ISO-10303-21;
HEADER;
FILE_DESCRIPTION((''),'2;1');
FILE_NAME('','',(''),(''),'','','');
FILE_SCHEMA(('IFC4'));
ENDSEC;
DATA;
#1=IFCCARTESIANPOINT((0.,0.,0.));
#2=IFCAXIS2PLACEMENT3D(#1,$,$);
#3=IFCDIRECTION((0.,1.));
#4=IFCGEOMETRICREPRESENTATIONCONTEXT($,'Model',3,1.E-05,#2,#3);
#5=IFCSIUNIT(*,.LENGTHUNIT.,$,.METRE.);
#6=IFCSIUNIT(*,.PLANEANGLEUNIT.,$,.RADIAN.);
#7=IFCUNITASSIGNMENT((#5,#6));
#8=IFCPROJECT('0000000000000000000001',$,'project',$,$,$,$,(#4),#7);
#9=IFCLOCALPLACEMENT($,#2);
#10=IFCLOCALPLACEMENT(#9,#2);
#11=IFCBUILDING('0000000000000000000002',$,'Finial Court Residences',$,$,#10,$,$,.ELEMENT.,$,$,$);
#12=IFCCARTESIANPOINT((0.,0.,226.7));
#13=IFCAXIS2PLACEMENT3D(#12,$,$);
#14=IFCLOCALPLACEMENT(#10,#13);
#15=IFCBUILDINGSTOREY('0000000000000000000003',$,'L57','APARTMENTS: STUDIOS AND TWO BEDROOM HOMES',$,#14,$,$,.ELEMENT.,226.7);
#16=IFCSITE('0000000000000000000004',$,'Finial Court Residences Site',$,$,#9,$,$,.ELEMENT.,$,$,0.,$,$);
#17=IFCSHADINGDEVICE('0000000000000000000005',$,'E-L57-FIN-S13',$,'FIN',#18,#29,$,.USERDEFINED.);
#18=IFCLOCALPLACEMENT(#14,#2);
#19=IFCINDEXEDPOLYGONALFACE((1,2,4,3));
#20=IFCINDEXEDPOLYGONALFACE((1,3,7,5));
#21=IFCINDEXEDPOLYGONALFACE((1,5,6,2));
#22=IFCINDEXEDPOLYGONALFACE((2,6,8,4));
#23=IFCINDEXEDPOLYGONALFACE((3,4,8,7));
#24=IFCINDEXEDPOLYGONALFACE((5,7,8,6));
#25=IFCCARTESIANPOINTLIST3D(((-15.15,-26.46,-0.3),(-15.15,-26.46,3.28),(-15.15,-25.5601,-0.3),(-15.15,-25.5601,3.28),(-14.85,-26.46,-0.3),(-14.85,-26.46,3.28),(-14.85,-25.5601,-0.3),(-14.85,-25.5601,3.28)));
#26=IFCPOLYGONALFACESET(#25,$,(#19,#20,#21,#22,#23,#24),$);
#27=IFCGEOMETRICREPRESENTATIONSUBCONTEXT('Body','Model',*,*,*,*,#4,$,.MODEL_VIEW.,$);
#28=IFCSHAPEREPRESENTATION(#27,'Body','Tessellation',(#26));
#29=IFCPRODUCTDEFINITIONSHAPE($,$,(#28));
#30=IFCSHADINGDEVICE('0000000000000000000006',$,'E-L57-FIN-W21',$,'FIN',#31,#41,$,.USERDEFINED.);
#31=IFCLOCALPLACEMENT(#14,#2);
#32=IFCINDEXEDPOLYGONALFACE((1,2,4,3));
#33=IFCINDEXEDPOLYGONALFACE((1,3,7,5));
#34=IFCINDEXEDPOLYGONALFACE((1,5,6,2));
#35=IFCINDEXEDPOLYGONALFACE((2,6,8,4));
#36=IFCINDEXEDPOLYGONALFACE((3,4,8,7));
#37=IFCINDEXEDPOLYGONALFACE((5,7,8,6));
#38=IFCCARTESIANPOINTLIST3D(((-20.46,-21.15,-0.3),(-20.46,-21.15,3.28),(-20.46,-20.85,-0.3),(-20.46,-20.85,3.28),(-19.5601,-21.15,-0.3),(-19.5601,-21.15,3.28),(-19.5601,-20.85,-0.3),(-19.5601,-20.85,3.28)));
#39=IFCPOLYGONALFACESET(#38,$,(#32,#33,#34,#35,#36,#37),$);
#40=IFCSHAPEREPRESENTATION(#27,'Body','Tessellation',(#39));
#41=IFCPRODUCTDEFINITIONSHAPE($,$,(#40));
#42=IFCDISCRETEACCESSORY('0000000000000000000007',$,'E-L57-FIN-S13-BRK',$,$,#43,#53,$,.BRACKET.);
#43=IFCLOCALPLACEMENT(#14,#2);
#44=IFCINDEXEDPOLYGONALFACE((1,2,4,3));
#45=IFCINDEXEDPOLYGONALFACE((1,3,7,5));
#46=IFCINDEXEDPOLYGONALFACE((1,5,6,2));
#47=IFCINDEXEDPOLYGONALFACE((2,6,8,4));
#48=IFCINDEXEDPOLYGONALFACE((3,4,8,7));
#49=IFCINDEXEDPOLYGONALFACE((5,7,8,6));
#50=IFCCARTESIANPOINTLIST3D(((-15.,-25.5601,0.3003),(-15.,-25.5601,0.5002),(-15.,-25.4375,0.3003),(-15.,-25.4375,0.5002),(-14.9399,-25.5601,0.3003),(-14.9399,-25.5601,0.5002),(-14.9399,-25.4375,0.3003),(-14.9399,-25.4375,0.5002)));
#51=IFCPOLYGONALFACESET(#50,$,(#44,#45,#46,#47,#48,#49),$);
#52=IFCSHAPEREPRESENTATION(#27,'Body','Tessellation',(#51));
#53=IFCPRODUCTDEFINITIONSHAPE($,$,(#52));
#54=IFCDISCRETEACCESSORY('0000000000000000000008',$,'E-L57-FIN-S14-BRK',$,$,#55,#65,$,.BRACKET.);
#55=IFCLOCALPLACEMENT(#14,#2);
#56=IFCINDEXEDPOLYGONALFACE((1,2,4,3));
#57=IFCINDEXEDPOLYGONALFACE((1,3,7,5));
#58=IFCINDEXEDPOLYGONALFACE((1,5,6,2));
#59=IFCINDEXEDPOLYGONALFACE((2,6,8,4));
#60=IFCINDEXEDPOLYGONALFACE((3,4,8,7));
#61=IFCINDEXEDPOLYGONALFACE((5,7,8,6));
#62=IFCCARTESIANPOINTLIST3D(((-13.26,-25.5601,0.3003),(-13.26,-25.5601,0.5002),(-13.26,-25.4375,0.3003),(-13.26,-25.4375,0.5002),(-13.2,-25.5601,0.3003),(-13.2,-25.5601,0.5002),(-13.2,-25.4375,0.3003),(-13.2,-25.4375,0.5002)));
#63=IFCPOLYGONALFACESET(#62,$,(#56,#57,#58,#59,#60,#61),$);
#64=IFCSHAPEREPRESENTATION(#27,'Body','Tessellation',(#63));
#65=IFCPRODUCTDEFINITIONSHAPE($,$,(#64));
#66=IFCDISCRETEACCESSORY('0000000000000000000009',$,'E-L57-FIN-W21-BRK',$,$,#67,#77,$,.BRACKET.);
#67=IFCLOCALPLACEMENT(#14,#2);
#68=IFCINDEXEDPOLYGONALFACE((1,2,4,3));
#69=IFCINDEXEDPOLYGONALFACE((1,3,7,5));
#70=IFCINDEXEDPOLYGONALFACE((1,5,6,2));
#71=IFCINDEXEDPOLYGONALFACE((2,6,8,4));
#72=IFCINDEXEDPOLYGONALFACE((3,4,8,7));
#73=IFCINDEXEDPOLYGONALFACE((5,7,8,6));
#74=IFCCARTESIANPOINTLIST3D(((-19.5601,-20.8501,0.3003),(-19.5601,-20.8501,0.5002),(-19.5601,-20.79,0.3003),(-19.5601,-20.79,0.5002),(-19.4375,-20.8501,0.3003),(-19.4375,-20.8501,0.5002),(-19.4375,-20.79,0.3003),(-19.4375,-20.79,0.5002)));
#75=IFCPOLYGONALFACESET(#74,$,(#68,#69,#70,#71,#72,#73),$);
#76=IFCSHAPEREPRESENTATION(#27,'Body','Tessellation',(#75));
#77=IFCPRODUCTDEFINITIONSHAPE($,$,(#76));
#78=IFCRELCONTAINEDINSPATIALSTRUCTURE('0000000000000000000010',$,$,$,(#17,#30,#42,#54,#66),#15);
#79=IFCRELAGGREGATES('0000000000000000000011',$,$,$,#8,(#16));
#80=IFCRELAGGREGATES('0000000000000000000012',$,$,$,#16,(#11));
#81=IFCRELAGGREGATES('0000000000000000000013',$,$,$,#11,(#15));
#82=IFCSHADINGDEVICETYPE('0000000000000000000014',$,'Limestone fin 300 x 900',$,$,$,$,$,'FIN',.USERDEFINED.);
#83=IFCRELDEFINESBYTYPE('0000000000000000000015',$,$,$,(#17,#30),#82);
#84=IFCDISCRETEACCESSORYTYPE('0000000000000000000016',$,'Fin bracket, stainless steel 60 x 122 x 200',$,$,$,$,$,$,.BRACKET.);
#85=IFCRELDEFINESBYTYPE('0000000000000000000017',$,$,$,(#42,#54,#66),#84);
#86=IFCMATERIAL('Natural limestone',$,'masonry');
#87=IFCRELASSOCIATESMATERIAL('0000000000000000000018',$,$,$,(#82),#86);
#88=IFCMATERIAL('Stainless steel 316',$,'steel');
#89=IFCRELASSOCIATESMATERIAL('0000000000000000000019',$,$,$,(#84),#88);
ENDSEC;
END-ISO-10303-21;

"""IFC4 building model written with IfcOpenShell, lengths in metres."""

from ifc_helpers import new_model, si_unit, direction, frame, origin, origin_2d, place, context, subcontext, project, spatial, rectangle, extrude, material, type_object, element, save


model = new_model("IFC4")

# Units and contexts
model_context = context("Model", 3, precision=1e-05, world=origin(), true_north=direction((0.0, 1.0)))
body_context = subcontext(model_context, "Body", "Model", "MODEL_VIEW")
ifc_project = project(units=[si_unit("LENGTHUNIT", "METRE"), si_unit("PLANEANGLEUNIT", "RADIAN")], contexts=[model_context])

# Site, building, storey
site_placement = place(None, origin())
site = spatial("IfcSite", under=ifc_project, at=site_placement, Name="Finial Court Residences Site", CompositionType="ELEMENT", RefElevation=0.0)
building_placement = place(site_placement, origin())
building = spatial("IfcBuilding", under=site, at=building_placement, Name="Finial Court Residences", CompositionType="ELEMENT")
storey_placement = place(building_placement, frame((0.0, 0.0, 226.7)))
storey = spatial("IfcBuildingStorey", under=building, at=storey_placement, Name="L57", Description="APARTMENTS: STUDIOS AND TWO BEDROOM HOMES", CompositionType="ELEMENT", Elevation=226.7)

# Shared definitions
ifc_material_1 = material(Name="Natural limestone", Category="masonry")

# Shading devices
shading_device_type = type_object("IfcShadingDeviceType", Name="Limestone fin 300 x 900", ElementType="FIN", PredefinedType="USERDEFINED", material=ifc_material_1)
shading_device_1_placement = place(storey_placement, frame((-15.0, -26.01, -0.3), z_axis=(0.0, 0.0, 1.0), x_axis=(1.0, 0.0, 0.0)))
element("IfcShadingDevice", 1, at=shading_device_1_placement, inside=storey, type_object=shading_device_type, Name="E-L57-FIN-S13", ObjectType="FIN", PredefinedType="USERDEFINED", context=body_context, shape_type="SweptSolid", body=[
    extrude(rectangle(XDim=0.3, YDim=0.8999, at=origin_2d()), origin(), (0.0, 0.0, 1.0), 3.5801),
])
shading_device_2_placement = place(storey_placement, frame((-20.01, -21.0, -0.3), z_axis=(0.0, 0.0, 1.0), x_axis=(1.0, 0.0, 0.0)))
element("IfcShadingDevice", 2, at=shading_device_2_placement, inside=storey, type_object=shading_device_type, Name="E-L57-FIN-W21", ObjectType="FIN", PredefinedType="USERDEFINED", context=body_context, shape_type="SweptSolid", body=[
    extrude(rectangle(XDim=0.8999, YDim=0.3, at=origin_2d()), origin(), (0.0, 0.0, 1.0), 3.5801),
])

# Discrete accessories
ifc_material_2 = material(Name="Stainless steel 316", Category="steel")
discrete_accessory_type = type_object("IfcDiscreteAccessoryType", Name="Fin bracket, stainless steel 60 x 122 x 200", PredefinedType="BRACKET", material=ifc_material_2)
for number, where, z_axis, x_axis, name in (
    (3, (-14.97, -25.4988, 0.3003), (0.0, 0.0, 1.0), (1.0, 0.0, 0.0), "E-L57-FIN-S13-BRK"),
    (4, (-13.23, -25.4988, 0.3003), (0.0, 0.0, 1.0), (1.0, 0.0, 0.0), "E-L57-FIN-S14-BRK"),
):
    element("IfcDiscreteAccessory", number, at=place(storey_placement, frame(where, z_axis=z_axis, x_axis=x_axis)), inside=storey, type_object=discrete_accessory_type, Name=name, PredefinedType="BRACKET", context=body_context, shape_type="SweptSolid", body=[
        extrude(rectangle(XDim=0.0601, YDim=0.1226, at=origin_2d()), origin(), (0.0, 0.0, 1.0), 0.2),
    ])
discrete_accessory_placement = place(storey_placement, frame((-19.4988, -20.8201, 0.3003), z_axis=(0.0, 0.0, 1.0), x_axis=(1.0, 0.0, 0.0)))
element("IfcDiscreteAccessory", 5, at=discrete_accessory_placement, inside=storey, type_object=discrete_accessory_type, Name="E-L57-FIN-W21-BRK", PredefinedType="BRACKET", context=body_context, shape_type="SweptSolid", body=[
    extrude(rectangle(XDim=0.1226, YDim=0.0601, at=origin_2d()), origin(), (0.0, 0.0, 1.0), 0.2),
])

save(model, "model.ifc")
